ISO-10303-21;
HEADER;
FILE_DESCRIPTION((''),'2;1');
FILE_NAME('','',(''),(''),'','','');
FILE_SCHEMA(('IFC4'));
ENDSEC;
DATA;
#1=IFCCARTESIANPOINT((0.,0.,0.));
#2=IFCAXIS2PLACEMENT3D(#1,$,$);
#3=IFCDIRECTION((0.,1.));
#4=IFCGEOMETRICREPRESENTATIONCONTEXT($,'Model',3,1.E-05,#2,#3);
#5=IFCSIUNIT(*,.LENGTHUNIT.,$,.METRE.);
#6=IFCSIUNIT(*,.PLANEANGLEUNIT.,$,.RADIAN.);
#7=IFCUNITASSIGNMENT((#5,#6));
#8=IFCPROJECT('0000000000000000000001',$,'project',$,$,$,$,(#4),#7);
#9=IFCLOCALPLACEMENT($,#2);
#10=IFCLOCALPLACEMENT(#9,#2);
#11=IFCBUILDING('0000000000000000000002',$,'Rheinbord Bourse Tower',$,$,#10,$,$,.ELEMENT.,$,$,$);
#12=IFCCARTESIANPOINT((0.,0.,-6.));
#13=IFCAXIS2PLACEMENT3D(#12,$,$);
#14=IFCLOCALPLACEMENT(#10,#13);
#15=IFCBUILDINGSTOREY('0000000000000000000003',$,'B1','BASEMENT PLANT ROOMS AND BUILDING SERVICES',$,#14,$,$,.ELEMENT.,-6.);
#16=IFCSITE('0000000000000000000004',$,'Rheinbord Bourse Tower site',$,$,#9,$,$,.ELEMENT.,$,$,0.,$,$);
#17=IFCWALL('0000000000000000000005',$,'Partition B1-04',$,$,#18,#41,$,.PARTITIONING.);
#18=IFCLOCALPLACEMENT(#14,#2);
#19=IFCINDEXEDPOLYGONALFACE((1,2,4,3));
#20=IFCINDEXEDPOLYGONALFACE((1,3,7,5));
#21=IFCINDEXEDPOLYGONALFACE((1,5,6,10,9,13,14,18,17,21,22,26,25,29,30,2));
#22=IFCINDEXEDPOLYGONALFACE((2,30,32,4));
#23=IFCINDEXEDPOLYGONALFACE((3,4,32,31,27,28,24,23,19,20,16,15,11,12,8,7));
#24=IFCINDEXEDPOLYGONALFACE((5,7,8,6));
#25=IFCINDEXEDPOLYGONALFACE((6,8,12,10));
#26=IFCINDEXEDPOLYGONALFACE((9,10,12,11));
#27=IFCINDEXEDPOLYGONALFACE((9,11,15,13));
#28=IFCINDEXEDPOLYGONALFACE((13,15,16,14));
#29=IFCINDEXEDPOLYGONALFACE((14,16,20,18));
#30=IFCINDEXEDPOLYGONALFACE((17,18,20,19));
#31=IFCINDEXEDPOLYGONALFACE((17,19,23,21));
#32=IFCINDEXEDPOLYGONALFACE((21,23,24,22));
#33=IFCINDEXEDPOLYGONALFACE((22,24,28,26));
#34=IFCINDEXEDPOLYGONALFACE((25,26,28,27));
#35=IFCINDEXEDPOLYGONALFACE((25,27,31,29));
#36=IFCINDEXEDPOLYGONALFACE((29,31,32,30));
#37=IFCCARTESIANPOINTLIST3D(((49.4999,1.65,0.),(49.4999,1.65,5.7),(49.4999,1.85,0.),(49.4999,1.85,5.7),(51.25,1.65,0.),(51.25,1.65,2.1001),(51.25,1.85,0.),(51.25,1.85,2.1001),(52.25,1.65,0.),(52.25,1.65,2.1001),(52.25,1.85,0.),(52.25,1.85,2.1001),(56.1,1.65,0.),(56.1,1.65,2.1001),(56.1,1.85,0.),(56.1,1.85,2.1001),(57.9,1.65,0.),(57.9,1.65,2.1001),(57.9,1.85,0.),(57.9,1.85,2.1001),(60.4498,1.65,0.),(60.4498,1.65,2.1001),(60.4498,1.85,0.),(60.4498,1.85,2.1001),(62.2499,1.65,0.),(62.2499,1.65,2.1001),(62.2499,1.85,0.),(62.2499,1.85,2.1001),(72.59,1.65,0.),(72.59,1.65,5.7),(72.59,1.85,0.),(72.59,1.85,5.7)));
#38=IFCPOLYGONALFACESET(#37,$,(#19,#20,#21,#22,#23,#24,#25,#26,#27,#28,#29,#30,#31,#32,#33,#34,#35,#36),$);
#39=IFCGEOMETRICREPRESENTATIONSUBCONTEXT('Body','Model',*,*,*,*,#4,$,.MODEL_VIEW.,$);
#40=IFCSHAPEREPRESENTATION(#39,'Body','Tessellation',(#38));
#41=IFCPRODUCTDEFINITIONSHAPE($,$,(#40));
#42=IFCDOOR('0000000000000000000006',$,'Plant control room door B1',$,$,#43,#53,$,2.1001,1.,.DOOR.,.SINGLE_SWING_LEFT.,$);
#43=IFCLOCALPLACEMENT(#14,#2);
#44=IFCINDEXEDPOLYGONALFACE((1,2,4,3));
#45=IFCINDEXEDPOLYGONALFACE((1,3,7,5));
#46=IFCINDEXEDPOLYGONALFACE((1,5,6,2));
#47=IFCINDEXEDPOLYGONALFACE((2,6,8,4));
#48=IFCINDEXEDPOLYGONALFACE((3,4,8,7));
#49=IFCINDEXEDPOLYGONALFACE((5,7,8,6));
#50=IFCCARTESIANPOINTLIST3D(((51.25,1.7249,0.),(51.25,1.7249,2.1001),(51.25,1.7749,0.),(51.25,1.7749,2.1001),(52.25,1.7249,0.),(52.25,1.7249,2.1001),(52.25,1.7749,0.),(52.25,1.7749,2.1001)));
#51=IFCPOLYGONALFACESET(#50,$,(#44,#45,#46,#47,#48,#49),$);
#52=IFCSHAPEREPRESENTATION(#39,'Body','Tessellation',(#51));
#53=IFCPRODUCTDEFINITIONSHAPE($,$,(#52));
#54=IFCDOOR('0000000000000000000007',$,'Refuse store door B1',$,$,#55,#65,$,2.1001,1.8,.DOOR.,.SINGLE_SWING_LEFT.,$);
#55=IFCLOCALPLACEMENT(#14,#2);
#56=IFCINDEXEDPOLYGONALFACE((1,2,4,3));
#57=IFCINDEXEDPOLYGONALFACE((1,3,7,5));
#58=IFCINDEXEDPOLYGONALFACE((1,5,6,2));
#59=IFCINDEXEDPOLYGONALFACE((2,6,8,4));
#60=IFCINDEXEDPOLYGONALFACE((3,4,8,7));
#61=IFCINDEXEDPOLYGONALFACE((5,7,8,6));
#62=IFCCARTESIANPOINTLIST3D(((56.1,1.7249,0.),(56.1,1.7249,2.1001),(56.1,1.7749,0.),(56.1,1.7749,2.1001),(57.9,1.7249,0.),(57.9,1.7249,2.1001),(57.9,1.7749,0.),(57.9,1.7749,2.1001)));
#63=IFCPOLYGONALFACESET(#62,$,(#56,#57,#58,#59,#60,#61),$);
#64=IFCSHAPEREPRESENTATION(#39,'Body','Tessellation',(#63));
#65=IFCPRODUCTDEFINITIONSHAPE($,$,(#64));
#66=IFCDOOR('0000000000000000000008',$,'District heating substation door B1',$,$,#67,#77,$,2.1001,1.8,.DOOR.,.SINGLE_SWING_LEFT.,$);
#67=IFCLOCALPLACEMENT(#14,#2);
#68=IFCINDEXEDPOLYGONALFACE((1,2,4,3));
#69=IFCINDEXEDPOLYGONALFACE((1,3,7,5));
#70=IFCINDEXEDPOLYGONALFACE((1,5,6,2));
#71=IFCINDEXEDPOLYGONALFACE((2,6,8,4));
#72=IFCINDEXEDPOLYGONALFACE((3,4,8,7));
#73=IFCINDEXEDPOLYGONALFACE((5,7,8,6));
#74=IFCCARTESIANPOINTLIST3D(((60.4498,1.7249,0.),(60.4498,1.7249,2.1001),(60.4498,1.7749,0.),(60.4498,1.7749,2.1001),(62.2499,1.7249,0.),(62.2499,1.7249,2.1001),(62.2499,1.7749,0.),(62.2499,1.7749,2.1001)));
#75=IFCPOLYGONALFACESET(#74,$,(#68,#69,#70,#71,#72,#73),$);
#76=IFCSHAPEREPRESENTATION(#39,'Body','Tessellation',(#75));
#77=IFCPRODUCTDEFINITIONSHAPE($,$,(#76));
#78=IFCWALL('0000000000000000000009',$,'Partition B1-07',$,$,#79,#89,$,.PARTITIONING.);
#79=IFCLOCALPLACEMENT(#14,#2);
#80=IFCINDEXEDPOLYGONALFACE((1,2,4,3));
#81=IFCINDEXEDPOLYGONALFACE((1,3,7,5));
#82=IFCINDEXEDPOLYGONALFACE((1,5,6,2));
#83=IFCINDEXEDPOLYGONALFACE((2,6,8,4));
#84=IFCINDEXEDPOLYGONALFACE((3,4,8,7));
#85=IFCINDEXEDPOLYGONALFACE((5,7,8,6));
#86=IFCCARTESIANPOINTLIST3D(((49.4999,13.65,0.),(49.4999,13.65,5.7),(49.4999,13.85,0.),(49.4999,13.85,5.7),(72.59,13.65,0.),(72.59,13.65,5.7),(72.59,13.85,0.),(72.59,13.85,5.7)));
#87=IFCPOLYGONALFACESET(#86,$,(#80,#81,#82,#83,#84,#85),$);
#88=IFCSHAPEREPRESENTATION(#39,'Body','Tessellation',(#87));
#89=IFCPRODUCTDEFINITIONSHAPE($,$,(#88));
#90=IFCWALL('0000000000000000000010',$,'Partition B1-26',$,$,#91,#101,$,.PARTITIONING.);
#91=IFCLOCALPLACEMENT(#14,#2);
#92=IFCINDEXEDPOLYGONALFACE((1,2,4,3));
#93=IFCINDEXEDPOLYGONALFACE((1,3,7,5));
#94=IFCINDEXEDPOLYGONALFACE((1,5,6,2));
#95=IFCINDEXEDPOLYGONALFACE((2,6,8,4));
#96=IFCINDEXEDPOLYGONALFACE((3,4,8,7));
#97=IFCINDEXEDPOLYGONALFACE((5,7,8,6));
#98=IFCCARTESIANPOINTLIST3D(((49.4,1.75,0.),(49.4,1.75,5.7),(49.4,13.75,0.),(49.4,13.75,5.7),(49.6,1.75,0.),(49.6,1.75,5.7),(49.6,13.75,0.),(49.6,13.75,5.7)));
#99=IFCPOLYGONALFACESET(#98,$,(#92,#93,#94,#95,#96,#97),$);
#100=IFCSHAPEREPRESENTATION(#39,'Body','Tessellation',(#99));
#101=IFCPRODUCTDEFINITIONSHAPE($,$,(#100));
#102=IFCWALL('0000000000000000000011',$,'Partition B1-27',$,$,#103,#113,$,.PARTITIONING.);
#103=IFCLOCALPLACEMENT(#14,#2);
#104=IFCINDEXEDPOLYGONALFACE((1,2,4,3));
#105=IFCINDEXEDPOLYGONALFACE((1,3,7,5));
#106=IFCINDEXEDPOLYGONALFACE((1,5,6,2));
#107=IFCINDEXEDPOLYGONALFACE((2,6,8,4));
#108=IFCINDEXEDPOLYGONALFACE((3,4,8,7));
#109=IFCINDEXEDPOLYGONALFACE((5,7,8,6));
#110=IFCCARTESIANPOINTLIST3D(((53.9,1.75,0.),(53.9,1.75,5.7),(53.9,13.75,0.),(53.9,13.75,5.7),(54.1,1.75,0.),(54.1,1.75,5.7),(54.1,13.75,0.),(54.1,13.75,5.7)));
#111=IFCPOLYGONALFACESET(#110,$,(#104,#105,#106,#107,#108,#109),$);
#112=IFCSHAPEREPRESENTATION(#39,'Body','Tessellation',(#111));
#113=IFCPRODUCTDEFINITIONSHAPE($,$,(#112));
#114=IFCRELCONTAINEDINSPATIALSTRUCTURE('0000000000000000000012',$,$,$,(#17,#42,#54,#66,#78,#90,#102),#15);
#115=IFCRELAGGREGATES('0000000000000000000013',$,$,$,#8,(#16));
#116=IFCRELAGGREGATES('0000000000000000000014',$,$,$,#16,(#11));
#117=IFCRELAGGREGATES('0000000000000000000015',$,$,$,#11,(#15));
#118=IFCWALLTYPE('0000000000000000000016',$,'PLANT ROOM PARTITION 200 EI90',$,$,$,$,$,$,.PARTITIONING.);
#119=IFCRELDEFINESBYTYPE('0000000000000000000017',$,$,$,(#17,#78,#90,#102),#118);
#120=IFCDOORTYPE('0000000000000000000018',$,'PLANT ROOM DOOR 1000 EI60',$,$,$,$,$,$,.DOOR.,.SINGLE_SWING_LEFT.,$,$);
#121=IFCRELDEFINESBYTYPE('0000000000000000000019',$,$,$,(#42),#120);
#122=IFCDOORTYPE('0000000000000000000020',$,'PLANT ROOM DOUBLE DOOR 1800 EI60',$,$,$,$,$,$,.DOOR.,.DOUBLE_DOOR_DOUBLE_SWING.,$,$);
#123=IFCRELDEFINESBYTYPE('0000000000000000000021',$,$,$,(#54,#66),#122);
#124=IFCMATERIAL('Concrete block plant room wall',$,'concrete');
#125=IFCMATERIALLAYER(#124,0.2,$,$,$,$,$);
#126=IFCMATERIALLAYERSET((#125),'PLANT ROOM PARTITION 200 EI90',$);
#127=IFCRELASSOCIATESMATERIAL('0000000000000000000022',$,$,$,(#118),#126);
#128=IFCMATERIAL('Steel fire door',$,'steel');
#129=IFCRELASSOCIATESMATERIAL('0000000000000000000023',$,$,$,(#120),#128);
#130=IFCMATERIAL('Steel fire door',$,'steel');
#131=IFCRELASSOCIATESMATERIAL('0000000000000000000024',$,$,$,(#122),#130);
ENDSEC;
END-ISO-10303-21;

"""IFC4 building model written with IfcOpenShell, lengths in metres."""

from ifc_helpers import new_model, si_unit, direction, frame, frame_2d, origin, place, context, subcontext, project, spatial, rectangle, extrude, material, layer, layer_set, type_object, element, fill, save


model = new_model("IFC4")

# Units and contexts
model_context = context("Model", 3, precision=1e-05, world=origin(), true_north=direction((0.0, 1.0)))
body_context = subcontext(model_context, "Body", "Model", "MODEL_VIEW")
ifc_project = project(units=[si_unit("LENGTHUNIT", "METRE"), si_unit("PLANEANGLEUNIT", "RADIAN")], contexts=[model_context])

# Site, building, storey
site_placement = place(None, origin())
site = spatial("IfcSite", under=ifc_project, at=site_placement, Name="Rheinbord Bourse Tower site", CompositionType="ELEMENT", RefElevation=0.0)
building_placement = place(site_placement, origin())
building = spatial("IfcBuilding", under=site, at=building_placement, Name="Rheinbord Bourse Tower", CompositionType="ELEMENT")
storey_placement = place(building_placement, frame((0.0, 0.0, -6.0)))
storey = spatial("IfcBuildingStorey", under=building, at=storey_placement, Name="B1", Description="BASEMENT PLANT ROOMS AND BUILDING SERVICES", CompositionType="ELEMENT", Elevation=-6.0)

# Wall, openings, doors
ifc_material_1 = material(Name="Concrete block plant room wall", Category="concrete")
ifc_layer_1 = layer(ifc_material_1, 0.2)
ifc_layer_set_1 = layer_set([ifc_layer_1], Name="PLANT ROOM PARTITION 200 EI90")
wall_type_1 = type_object("IfcWallType", Name="PLANT ROOM PARTITION 200 EI90", PredefinedType="PARTITIONING", material=ifc_layer_set_1)
wall_1_placement = place(storey_placement, frame((49.5, 1.75, 0.0), z_axis=(0.0, 0.0, 1.0), x_axis=(1.0, 0.0, 0.0)))
wall_1 = element("IfcWall", 1, at=wall_1_placement, inside=storey, type_object=wall_type_1, Name="Partition B1-04", PredefinedType="PARTITIONING", context=body_context, shape_type="SweptSolid", body=[
    extrude(rectangle(XDim=23.0901, YDim=0.2, at=frame_2d((11.5449, 0.0))), origin(), (0.0, 0.0, 1.0), 5.7),
])
opening_1_placement = place(wall_1_placement, frame((1.75, 0.0, 0.0)))
opening_1 = element("IfcOpeningElement", 2, at=opening_1_placement, cuts=wall_1, PredefinedType="OPENING", context=body_context, shape_type="SweptSolid", body=[
    extrude(rectangle(XDim=1.0, YDim=2.1001, at=frame_2d((0.5, 1.05))), frame((0.0, 0.1099, 0.0), z_axis=(0.0, -1.0, 0.0), x_axis=(1.0, 0.0, 0.0)), (0.0, 0.0, 1.0), 0.22),
])
opening_2_placement = place(wall_1_placement, frame((6.6001, 0.0, 0.0)))
opening_2 = element("IfcOpeningElement", 3, at=opening_2_placement, cuts=wall_1, PredefinedType="OPENING", context=body_context, shape_type="SweptSolid", body=[
    extrude(rectangle(XDim=1.8, YDim=2.1001, at=frame_2d((0.8999, 1.05))), frame((0.0, 0.1099, 0.0), z_axis=(0.0, -1.0, 0.0), x_axis=(1.0, 0.0, 0.0)), (0.0, 0.0, 1.0), 0.22),
])
opening_3_placement = place(wall_1_placement, frame((10.95, 0.0, 0.0)))
opening_3 = element("IfcOpeningElement", 4, at=opening_3_placement, cuts=wall_1, PredefinedType="OPENING", context=body_context, shape_type="SweptSolid", body=[
    extrude(rectangle(XDim=1.8, YDim=2.1001, at=frame_2d((0.8999, 1.05))), frame((0.0, 0.1099, 0.0), z_axis=(0.0, -1.0, 0.0), x_axis=(1.0, 0.0, 0.0)), (0.0, 0.0, 1.0), 0.22),
])
ifc_material_2 = material(Name="Steel fire door", Category="steel")
door_type_1 = type_object("IfcDoorType", Name="PLANT ROOM DOOR 1000 EI60", OperationType="SINGLE_SWING_LEFT", PredefinedType="DOOR", material=ifc_material_2)
door_1_placement = place(opening_1_placement, origin())
door_1 = element("IfcDoor", 5, at=door_1_placement, inside=storey, type_object=door_type_1, Name="Plant control room door B1", OperationType="SINGLE_SWING_LEFT", OverallHeight=2.1001, OverallWidth=1.0, PredefinedType="DOOR", context=body_context, shape_type="SweptSolid", body=[
    extrude(rectangle(XDim=1.0, YDim=2.1001, at=frame_2d((0.5, 1.05))), frame((0.0, 0.0249, 0.0), z_axis=(0.0, -1.0, 0.0), x_axis=(1.0, 0.0, 0.0)), (0.0, 0.0, 1.0), 0.05),
])
fill(opening_1, door_1)
ifc_material_3 = material(Name="Steel fire door", Category="steel")
door_type_2 = type_object("IfcDoorType", Name="PLANT ROOM DOUBLE DOOR 1800 EI60", OperationType="DOUBLE_DOOR_DOUBLE_SWING", PredefinedType="DOOR", material=ifc_material_3)
door_2_placement = place(opening_2_placement, origin())
door_2 = element("IfcDoor", 6, at=door_2_placement, inside=storey, type_object=door_type_2, Name="Refuse store door B1", OperationType="SINGLE_SWING_LEFT", OverallHeight=2.1001, OverallWidth=1.8, PredefinedType="DOOR", context=body_context, shape_type="SweptSolid", body=[
    extrude(rectangle(XDim=1.8, YDim=2.1001, at=frame_2d((0.8999, 1.05))), frame((0.0, 0.0249, 0.0), z_axis=(0.0, -1.0, 0.0), x_axis=(1.0, 0.0, 0.0)), (0.0, 0.0, 1.0), 0.05),
])
fill(opening_2, door_2)
door_3_placement = place(opening_3_placement, origin())
door_3 = element("IfcDoor", 7, at=door_3_placement, inside=storey, type_object=door_type_2, Name="District heating substation door B1", OperationType="SINGLE_SWING_LEFT", OverallHeight=2.1001, OverallWidth=1.8, PredefinedType="DOOR", context=body_context, shape_type="SweptSolid", body=[
    extrude(rectangle(XDim=1.8, YDim=2.1001, at=frame_2d((0.8999, 1.05))), frame((0.0, 0.0249, 0.0), z_axis=(0.0, -1.0, 0.0), x_axis=(1.0, 0.0, 0.0)), (0.0, 0.0, 1.0), 0.05),
])
fill(opening_3, door_3)

# Walls
wall_2_placement = place(storey_placement, frame((49.5, 13.75, 0.0), z_axis=(0.0, 0.0, 1.0), x_axis=(1.0, 0.0, 0.0)))
element("IfcWall", 8, at=wall_2_placement, inside=storey, type_object=wall_type_1, Name="Partition B1-07", PredefinedType="PARTITIONING", context=body_context, shape_type="SweptSolid", body=[
    extrude(rectangle(XDim=23.0901, YDim=0.2, at=frame_2d((11.5449, 0.0))), origin(), (0.0, 0.0, 1.0), 5.7),
])
for number, where, z_axis, x_axis, name in (
    (9, (49.5, 1.75, 0.0), (0.0, 0.0, 1.0), (0.0, 1.0, 0.0), "Partition B1-26"),
    (10, (54.0, 1.75, 0.0), (0.0, 0.0, 1.0), (0.0, 1.0, 0.0), "Partition B1-27"),
):
    element("IfcWall", number, at=place(storey_placement, frame(where, z_axis=z_axis, x_axis=x_axis)), inside=storey, type_object=wall_type_1, Name=name, PredefinedType="PARTITIONING", context=body_context, shape_type="SweptSolid", body=[
        extrude(rectangle(XDim=12.0, YDim=0.2, at=frame_2d((6.0, 0.0))), origin(), (0.0, 0.0, 1.0), 5.7),
    ])

save(model, "model.ifc")
